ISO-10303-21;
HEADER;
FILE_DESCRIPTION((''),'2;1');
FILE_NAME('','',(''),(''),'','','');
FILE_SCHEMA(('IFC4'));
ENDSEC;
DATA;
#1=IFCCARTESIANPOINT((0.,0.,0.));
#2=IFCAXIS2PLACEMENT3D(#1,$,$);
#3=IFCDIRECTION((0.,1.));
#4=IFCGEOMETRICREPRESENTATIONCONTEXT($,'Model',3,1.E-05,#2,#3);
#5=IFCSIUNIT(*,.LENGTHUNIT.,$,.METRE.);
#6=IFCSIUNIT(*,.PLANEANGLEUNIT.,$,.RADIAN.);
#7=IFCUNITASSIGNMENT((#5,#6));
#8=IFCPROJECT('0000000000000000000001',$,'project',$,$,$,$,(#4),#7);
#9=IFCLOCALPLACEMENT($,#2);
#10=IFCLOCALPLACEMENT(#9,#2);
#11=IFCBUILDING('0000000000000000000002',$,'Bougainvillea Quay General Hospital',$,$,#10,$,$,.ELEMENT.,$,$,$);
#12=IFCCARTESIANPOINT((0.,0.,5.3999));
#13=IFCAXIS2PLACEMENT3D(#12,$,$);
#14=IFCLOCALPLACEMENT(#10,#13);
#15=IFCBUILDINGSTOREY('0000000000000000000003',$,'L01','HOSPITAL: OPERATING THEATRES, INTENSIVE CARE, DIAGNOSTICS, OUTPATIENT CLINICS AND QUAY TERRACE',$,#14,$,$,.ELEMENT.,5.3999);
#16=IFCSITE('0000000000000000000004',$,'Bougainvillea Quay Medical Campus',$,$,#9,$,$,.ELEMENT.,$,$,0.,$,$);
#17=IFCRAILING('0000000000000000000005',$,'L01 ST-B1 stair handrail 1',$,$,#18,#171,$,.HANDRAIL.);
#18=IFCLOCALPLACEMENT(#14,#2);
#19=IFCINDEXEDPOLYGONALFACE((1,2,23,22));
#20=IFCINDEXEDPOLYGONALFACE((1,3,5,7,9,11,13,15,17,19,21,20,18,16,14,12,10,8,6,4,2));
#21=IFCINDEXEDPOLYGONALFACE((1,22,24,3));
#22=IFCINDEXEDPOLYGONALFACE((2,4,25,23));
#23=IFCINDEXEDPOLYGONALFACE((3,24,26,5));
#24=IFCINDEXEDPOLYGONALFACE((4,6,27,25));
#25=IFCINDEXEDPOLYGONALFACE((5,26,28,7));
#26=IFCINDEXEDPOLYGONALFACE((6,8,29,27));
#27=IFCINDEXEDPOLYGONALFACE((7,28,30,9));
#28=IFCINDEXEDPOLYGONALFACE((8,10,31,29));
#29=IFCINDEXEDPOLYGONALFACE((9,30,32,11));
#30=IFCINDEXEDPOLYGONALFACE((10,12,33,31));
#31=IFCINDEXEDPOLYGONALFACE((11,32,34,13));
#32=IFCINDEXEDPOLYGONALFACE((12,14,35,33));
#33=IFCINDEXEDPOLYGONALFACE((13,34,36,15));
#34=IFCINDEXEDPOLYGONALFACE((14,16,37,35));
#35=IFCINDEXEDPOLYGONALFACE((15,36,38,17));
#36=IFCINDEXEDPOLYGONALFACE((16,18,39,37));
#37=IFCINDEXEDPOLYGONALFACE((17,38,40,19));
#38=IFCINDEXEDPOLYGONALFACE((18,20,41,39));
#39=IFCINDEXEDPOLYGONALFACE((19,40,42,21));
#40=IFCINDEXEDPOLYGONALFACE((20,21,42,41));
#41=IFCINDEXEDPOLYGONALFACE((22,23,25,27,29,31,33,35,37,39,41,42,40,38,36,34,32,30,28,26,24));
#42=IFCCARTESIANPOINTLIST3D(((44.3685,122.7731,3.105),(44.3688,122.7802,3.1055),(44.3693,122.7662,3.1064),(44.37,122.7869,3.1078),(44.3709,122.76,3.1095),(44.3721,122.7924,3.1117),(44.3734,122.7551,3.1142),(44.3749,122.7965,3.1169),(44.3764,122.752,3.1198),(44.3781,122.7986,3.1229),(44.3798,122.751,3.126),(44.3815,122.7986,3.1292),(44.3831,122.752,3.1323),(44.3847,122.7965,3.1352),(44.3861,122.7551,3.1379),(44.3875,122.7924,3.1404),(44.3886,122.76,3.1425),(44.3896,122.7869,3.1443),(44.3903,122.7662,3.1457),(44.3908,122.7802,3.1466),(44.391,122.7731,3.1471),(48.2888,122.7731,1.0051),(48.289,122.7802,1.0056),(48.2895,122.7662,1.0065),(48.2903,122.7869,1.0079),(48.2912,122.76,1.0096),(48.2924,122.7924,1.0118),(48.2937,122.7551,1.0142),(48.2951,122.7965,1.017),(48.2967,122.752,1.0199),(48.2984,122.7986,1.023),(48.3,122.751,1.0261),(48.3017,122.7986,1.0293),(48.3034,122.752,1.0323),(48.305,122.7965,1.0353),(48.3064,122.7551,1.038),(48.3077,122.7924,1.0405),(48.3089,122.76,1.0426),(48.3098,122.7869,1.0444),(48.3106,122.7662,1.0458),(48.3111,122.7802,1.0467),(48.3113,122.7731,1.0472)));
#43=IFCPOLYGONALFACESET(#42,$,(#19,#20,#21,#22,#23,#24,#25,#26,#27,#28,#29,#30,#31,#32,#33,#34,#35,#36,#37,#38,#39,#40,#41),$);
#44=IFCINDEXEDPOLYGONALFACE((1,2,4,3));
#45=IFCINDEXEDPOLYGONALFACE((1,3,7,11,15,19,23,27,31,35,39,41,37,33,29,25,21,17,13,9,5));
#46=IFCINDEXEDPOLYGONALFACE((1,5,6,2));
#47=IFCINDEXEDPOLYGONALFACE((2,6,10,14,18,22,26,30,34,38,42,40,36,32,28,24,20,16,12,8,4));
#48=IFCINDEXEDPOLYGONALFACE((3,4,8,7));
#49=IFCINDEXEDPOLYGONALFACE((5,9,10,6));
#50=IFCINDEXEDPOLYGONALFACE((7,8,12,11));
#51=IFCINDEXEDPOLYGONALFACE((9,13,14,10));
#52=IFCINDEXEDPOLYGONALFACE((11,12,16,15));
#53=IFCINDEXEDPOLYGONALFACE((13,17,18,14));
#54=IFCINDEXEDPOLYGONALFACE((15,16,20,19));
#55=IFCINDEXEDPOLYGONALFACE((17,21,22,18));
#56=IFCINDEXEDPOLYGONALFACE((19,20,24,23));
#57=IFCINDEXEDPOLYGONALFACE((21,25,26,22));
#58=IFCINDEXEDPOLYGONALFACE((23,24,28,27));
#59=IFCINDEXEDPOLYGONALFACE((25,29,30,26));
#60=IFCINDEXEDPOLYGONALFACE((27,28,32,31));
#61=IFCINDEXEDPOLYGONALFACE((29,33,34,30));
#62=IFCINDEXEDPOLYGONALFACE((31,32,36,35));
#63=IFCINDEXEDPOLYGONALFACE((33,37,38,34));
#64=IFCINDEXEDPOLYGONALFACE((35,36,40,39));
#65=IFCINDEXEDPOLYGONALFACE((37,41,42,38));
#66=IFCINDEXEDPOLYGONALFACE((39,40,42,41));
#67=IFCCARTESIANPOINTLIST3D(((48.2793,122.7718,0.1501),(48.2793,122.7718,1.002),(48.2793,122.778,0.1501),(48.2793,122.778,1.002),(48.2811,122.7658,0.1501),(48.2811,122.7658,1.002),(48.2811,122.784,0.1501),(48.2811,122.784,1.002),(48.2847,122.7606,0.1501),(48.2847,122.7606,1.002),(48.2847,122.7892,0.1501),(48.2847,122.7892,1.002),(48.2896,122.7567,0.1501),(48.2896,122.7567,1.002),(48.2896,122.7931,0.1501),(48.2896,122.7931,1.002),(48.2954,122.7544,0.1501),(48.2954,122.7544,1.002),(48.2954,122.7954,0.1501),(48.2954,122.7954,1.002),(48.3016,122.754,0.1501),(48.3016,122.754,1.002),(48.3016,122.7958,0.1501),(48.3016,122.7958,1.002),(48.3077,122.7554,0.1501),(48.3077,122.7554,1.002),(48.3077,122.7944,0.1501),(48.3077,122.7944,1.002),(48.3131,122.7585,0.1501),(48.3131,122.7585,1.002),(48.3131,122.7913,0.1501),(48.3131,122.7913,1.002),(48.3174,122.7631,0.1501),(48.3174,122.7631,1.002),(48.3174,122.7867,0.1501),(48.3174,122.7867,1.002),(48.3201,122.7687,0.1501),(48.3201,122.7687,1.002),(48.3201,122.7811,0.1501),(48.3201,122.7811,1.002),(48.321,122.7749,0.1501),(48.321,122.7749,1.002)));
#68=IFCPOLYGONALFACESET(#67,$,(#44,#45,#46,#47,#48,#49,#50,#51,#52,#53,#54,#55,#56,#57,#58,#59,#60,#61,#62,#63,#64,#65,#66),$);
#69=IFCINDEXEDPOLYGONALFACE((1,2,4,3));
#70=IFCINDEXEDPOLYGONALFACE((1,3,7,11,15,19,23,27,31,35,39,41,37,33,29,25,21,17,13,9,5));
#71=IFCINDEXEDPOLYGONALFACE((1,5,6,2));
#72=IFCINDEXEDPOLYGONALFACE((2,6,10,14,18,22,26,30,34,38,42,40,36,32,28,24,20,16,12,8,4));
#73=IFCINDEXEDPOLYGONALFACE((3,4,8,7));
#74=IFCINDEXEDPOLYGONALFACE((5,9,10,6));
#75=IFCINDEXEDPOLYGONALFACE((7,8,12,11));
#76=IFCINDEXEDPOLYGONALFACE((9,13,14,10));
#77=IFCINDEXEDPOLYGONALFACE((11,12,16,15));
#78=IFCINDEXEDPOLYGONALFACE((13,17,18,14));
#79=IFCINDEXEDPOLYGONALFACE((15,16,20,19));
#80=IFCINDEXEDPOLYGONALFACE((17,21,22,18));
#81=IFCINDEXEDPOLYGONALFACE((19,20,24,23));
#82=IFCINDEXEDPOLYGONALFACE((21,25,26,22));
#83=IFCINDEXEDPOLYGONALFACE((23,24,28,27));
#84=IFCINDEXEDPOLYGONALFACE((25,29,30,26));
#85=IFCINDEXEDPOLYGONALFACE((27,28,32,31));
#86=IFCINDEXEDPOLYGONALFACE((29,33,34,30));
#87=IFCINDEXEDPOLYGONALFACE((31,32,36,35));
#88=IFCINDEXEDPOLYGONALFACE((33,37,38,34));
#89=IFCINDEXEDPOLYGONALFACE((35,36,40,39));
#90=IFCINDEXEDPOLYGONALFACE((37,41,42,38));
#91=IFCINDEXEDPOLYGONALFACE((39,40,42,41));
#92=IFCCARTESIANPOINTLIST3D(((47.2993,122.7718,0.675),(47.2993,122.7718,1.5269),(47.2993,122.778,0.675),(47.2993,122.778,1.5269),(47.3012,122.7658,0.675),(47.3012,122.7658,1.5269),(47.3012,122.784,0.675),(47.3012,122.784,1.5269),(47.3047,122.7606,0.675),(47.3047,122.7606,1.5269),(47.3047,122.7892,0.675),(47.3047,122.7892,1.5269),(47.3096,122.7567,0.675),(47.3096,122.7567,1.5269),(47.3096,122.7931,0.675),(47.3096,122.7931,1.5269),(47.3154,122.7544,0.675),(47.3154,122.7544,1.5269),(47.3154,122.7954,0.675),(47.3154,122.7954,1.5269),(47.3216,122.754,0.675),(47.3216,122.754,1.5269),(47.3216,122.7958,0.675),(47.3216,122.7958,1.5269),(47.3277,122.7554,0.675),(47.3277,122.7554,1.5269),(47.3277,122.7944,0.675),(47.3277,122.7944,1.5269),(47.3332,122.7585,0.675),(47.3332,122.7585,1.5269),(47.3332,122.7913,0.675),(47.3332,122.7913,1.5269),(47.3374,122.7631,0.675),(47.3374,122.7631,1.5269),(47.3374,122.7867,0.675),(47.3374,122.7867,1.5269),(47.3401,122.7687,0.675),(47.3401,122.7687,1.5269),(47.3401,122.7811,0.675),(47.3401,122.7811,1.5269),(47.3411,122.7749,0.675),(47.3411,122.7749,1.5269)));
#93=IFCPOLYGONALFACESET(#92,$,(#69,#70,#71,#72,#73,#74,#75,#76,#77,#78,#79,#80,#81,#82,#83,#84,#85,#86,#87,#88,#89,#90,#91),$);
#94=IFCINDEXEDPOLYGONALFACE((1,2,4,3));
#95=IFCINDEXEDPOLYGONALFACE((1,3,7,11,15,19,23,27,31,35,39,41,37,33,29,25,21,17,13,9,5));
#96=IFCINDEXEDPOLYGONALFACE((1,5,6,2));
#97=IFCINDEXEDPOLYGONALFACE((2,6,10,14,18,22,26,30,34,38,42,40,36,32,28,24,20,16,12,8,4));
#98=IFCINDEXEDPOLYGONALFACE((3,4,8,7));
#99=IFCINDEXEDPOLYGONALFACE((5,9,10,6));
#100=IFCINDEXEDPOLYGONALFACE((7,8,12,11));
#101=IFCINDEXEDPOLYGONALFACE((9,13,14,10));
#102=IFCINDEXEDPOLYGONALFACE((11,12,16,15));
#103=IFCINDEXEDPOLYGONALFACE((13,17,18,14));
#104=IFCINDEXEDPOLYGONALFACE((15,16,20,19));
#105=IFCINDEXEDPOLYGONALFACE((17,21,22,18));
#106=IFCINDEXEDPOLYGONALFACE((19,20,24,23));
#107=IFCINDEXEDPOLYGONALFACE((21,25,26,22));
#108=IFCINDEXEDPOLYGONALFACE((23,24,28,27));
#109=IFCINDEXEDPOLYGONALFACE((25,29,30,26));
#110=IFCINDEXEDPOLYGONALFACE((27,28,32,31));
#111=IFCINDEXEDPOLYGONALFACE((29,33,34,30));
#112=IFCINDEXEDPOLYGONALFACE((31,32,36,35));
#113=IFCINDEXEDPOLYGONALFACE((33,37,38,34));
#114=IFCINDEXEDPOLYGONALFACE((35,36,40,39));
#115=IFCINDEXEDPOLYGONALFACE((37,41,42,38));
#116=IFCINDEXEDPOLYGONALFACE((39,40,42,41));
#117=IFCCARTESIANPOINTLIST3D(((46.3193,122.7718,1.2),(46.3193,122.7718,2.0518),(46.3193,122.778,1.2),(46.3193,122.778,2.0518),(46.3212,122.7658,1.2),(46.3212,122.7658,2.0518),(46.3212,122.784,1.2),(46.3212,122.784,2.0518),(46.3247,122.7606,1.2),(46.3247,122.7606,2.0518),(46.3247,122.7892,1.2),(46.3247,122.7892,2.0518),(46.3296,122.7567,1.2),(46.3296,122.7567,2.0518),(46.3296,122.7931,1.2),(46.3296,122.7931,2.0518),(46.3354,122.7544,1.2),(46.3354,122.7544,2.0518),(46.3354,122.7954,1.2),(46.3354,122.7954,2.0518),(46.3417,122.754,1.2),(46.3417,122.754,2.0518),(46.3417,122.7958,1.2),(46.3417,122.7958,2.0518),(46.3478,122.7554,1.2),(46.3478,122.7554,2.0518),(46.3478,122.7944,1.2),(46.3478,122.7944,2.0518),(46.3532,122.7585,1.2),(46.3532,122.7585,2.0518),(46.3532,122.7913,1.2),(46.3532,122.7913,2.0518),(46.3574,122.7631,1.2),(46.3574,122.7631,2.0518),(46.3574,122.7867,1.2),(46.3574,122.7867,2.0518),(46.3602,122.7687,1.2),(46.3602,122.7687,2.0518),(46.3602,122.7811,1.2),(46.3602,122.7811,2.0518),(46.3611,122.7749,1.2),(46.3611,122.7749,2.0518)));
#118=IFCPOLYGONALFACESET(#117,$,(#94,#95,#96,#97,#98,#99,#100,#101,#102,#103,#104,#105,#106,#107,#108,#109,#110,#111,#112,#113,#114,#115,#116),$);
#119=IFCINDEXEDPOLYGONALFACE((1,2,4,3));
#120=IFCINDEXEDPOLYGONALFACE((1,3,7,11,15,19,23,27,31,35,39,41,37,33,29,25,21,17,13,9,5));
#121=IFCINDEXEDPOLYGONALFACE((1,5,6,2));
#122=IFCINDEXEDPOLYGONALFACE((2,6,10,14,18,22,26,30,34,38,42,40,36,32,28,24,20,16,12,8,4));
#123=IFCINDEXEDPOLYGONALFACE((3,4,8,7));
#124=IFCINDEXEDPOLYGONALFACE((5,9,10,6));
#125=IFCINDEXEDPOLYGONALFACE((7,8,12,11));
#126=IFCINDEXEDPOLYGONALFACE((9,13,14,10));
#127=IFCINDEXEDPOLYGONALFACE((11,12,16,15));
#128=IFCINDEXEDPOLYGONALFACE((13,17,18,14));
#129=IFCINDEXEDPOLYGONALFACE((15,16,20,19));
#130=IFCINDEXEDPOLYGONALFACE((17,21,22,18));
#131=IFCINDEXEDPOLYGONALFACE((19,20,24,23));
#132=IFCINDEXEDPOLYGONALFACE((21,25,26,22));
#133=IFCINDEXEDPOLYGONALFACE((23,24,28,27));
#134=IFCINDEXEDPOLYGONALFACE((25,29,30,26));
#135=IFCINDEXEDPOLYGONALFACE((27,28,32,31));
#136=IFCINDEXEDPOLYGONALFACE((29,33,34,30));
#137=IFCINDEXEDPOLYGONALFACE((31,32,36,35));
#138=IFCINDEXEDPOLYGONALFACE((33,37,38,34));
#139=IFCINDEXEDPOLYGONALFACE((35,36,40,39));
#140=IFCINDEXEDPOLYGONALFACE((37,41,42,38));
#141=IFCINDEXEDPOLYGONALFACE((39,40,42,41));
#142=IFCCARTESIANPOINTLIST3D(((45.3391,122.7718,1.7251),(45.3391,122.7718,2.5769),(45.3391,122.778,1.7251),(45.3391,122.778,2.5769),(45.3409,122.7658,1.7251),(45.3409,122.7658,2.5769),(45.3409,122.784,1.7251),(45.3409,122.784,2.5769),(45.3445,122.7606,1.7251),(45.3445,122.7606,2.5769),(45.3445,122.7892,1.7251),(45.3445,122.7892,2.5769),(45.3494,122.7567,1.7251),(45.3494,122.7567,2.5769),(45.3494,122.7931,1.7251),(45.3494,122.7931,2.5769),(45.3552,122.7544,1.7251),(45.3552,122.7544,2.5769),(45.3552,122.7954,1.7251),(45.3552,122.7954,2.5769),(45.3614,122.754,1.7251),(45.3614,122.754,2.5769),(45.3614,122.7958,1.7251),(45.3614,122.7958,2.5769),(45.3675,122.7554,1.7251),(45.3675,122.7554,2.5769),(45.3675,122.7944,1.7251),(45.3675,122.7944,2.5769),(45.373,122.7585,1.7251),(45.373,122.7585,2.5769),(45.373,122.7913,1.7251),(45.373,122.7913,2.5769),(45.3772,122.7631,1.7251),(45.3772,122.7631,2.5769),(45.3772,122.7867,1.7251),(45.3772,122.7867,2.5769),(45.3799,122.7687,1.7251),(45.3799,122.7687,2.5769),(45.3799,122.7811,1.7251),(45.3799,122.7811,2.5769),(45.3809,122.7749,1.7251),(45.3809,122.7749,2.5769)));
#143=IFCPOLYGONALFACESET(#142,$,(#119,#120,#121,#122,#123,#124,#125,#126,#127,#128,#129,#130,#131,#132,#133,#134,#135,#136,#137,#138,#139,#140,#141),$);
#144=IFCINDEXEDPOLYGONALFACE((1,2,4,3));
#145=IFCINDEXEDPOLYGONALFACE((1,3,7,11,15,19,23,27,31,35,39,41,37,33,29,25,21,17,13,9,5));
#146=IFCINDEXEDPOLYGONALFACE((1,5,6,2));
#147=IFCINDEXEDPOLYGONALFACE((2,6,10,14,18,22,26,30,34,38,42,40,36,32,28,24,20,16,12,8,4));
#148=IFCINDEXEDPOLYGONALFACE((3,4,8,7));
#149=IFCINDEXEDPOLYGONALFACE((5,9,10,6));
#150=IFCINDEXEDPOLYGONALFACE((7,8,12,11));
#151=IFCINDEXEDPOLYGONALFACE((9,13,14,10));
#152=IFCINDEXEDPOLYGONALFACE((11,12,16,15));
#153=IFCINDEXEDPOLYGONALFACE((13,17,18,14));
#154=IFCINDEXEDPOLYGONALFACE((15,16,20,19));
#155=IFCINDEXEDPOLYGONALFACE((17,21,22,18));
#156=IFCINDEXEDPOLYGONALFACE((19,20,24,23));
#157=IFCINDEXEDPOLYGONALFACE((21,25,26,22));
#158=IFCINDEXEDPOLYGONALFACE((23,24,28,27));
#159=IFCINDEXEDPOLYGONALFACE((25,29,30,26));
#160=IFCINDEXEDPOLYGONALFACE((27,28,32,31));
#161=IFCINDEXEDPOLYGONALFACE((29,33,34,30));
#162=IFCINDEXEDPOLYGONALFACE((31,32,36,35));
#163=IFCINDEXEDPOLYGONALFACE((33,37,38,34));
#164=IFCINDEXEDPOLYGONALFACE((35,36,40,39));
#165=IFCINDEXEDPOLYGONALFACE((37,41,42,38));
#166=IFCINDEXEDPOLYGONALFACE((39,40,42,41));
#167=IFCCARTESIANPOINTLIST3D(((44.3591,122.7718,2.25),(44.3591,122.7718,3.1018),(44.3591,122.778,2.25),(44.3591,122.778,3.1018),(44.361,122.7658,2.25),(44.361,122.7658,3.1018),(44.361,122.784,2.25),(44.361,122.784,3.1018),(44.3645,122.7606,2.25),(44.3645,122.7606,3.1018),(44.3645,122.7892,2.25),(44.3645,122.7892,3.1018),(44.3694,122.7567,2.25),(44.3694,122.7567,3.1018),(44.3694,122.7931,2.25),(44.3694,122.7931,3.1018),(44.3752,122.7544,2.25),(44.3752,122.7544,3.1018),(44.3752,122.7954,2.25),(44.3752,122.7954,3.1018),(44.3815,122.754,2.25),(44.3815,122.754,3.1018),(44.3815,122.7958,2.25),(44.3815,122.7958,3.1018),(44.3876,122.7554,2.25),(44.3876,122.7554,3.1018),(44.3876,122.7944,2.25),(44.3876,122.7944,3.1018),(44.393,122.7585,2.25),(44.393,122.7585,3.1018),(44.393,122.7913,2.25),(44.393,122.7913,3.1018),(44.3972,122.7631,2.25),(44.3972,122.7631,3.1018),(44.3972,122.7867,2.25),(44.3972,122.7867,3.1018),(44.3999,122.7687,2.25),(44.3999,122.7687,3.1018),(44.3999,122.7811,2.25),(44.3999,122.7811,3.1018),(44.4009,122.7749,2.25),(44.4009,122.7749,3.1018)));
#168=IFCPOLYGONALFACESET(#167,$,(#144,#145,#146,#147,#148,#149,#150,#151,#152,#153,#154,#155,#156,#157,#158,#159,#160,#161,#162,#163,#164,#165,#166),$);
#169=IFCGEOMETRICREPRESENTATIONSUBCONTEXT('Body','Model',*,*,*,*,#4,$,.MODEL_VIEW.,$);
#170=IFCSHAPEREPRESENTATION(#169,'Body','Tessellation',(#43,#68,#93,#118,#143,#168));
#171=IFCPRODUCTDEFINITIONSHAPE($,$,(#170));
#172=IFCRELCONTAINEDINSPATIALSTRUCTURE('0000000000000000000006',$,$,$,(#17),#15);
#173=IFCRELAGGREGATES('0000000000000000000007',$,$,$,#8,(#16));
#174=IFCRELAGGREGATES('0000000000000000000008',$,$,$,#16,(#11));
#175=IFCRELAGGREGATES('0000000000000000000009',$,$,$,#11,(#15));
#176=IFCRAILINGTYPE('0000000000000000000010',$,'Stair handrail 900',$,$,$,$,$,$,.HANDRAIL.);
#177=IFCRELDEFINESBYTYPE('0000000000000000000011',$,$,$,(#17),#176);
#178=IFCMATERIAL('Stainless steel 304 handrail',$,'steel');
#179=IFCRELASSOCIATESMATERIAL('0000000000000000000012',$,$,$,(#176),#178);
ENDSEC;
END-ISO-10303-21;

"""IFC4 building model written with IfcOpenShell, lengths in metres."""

from ifc_helpers import new_model, si_unit, direction, frame, origin, origin_2d, place, context, subcontext, project, spatial, circle, extrude, material, type_object, element, save


model = new_model("IFC4")

# Units and contexts
model_context = context("Model", 3, precision=1e-05, world=origin(), true_north=direction((0.0, 1.0)))
body_context = subcontext(model_context, "Body", "Model", "MODEL_VIEW")
ifc_project = project(units=[si_unit("LENGTHUNIT", "METRE"), si_unit("PLANEANGLEUNIT", "RADIAN")], contexts=[model_context])

# Site, building, storey
site_placement = place(None, origin())
site = spatial("IfcSite", under=ifc_project, at=site_placement, Name="Bougainvillea Quay Medical Campus", CompositionType="ELEMENT", RefElevation=0.0)
building_placement = place(site_placement, origin())
building = spatial("IfcBuilding", under=site, at=building_placement, Name="Bougainvillea Quay General Hospital", CompositionType="ELEMENT")
storey_placement = place(building_placement, frame((0.0, 0.0, 5.3999)))
storey = spatial("IfcBuildingStorey", under=building, at=storey_placement, Name="L01", Description="HOSPITAL: OPERATING THEATRES, INTENSIVE CARE, DIAGNOSTICS, OUTPATIENT CLINICS AND QUAY TERRACE", CompositionType="ELEMENT", Elevation=5.3999)

# Railing
ifc_material_1 = material(Name="Stainless steel 304 handrail", Category="steel")
railing_type_1 = type_object("IfcRailingType", Name="Stair handrail 900", PredefinedType="HANDRAIL", material=ifc_material_1)
railing_1_placement = place(storey_placement, frame((48.3, 122.7749, 0.1501)))
element("IfcRailing", 1, at=railing_1_placement, inside=storey, type_object=railing_type_1, Name="L01 ST-B1 stair handrail 1", PredefinedType="HANDRAIL", context=body_context, shape_type="SweptSolid", body=[
    extrude(circle(Radius=0.0239, at=origin_2d()), frame((0.0, 0.0, 0.876), z_axis=(-0.881502, 0.0, 0.47218), x_axis=(0.0, -1.0, 0.0)), (0.0, 0.0, 1.0), 4.4473),
    extrude(circle(Radius=0.021, at=origin_2d()), origin(), (0.0, 0.0, 1.0), 0.8518),
    extrude(circle(Radius=0.021, at=origin_2d()), frame((-0.98, 0.0, 0.5249)), (0.0, 0.0, 1.0), 0.8518),
    extrude(circle(Radius=0.021, at=origin_2d()), frame((-1.96, 0.0, 1.0498)), (0.0, 0.0, 1.0), 0.8518),
    extrude(circle(Radius=0.021, at=origin_2d()), frame((-2.9402, 0.0, 1.575)), (0.0, 0.0, 1.0), 0.8518),
    extrude(circle(Radius=0.021, at=origin_2d()), frame((-3.9202, 0.0, 2.0999)), (0.0, 0.0, 1.0), 0.8518),
])

save(model, "model.ifc")
